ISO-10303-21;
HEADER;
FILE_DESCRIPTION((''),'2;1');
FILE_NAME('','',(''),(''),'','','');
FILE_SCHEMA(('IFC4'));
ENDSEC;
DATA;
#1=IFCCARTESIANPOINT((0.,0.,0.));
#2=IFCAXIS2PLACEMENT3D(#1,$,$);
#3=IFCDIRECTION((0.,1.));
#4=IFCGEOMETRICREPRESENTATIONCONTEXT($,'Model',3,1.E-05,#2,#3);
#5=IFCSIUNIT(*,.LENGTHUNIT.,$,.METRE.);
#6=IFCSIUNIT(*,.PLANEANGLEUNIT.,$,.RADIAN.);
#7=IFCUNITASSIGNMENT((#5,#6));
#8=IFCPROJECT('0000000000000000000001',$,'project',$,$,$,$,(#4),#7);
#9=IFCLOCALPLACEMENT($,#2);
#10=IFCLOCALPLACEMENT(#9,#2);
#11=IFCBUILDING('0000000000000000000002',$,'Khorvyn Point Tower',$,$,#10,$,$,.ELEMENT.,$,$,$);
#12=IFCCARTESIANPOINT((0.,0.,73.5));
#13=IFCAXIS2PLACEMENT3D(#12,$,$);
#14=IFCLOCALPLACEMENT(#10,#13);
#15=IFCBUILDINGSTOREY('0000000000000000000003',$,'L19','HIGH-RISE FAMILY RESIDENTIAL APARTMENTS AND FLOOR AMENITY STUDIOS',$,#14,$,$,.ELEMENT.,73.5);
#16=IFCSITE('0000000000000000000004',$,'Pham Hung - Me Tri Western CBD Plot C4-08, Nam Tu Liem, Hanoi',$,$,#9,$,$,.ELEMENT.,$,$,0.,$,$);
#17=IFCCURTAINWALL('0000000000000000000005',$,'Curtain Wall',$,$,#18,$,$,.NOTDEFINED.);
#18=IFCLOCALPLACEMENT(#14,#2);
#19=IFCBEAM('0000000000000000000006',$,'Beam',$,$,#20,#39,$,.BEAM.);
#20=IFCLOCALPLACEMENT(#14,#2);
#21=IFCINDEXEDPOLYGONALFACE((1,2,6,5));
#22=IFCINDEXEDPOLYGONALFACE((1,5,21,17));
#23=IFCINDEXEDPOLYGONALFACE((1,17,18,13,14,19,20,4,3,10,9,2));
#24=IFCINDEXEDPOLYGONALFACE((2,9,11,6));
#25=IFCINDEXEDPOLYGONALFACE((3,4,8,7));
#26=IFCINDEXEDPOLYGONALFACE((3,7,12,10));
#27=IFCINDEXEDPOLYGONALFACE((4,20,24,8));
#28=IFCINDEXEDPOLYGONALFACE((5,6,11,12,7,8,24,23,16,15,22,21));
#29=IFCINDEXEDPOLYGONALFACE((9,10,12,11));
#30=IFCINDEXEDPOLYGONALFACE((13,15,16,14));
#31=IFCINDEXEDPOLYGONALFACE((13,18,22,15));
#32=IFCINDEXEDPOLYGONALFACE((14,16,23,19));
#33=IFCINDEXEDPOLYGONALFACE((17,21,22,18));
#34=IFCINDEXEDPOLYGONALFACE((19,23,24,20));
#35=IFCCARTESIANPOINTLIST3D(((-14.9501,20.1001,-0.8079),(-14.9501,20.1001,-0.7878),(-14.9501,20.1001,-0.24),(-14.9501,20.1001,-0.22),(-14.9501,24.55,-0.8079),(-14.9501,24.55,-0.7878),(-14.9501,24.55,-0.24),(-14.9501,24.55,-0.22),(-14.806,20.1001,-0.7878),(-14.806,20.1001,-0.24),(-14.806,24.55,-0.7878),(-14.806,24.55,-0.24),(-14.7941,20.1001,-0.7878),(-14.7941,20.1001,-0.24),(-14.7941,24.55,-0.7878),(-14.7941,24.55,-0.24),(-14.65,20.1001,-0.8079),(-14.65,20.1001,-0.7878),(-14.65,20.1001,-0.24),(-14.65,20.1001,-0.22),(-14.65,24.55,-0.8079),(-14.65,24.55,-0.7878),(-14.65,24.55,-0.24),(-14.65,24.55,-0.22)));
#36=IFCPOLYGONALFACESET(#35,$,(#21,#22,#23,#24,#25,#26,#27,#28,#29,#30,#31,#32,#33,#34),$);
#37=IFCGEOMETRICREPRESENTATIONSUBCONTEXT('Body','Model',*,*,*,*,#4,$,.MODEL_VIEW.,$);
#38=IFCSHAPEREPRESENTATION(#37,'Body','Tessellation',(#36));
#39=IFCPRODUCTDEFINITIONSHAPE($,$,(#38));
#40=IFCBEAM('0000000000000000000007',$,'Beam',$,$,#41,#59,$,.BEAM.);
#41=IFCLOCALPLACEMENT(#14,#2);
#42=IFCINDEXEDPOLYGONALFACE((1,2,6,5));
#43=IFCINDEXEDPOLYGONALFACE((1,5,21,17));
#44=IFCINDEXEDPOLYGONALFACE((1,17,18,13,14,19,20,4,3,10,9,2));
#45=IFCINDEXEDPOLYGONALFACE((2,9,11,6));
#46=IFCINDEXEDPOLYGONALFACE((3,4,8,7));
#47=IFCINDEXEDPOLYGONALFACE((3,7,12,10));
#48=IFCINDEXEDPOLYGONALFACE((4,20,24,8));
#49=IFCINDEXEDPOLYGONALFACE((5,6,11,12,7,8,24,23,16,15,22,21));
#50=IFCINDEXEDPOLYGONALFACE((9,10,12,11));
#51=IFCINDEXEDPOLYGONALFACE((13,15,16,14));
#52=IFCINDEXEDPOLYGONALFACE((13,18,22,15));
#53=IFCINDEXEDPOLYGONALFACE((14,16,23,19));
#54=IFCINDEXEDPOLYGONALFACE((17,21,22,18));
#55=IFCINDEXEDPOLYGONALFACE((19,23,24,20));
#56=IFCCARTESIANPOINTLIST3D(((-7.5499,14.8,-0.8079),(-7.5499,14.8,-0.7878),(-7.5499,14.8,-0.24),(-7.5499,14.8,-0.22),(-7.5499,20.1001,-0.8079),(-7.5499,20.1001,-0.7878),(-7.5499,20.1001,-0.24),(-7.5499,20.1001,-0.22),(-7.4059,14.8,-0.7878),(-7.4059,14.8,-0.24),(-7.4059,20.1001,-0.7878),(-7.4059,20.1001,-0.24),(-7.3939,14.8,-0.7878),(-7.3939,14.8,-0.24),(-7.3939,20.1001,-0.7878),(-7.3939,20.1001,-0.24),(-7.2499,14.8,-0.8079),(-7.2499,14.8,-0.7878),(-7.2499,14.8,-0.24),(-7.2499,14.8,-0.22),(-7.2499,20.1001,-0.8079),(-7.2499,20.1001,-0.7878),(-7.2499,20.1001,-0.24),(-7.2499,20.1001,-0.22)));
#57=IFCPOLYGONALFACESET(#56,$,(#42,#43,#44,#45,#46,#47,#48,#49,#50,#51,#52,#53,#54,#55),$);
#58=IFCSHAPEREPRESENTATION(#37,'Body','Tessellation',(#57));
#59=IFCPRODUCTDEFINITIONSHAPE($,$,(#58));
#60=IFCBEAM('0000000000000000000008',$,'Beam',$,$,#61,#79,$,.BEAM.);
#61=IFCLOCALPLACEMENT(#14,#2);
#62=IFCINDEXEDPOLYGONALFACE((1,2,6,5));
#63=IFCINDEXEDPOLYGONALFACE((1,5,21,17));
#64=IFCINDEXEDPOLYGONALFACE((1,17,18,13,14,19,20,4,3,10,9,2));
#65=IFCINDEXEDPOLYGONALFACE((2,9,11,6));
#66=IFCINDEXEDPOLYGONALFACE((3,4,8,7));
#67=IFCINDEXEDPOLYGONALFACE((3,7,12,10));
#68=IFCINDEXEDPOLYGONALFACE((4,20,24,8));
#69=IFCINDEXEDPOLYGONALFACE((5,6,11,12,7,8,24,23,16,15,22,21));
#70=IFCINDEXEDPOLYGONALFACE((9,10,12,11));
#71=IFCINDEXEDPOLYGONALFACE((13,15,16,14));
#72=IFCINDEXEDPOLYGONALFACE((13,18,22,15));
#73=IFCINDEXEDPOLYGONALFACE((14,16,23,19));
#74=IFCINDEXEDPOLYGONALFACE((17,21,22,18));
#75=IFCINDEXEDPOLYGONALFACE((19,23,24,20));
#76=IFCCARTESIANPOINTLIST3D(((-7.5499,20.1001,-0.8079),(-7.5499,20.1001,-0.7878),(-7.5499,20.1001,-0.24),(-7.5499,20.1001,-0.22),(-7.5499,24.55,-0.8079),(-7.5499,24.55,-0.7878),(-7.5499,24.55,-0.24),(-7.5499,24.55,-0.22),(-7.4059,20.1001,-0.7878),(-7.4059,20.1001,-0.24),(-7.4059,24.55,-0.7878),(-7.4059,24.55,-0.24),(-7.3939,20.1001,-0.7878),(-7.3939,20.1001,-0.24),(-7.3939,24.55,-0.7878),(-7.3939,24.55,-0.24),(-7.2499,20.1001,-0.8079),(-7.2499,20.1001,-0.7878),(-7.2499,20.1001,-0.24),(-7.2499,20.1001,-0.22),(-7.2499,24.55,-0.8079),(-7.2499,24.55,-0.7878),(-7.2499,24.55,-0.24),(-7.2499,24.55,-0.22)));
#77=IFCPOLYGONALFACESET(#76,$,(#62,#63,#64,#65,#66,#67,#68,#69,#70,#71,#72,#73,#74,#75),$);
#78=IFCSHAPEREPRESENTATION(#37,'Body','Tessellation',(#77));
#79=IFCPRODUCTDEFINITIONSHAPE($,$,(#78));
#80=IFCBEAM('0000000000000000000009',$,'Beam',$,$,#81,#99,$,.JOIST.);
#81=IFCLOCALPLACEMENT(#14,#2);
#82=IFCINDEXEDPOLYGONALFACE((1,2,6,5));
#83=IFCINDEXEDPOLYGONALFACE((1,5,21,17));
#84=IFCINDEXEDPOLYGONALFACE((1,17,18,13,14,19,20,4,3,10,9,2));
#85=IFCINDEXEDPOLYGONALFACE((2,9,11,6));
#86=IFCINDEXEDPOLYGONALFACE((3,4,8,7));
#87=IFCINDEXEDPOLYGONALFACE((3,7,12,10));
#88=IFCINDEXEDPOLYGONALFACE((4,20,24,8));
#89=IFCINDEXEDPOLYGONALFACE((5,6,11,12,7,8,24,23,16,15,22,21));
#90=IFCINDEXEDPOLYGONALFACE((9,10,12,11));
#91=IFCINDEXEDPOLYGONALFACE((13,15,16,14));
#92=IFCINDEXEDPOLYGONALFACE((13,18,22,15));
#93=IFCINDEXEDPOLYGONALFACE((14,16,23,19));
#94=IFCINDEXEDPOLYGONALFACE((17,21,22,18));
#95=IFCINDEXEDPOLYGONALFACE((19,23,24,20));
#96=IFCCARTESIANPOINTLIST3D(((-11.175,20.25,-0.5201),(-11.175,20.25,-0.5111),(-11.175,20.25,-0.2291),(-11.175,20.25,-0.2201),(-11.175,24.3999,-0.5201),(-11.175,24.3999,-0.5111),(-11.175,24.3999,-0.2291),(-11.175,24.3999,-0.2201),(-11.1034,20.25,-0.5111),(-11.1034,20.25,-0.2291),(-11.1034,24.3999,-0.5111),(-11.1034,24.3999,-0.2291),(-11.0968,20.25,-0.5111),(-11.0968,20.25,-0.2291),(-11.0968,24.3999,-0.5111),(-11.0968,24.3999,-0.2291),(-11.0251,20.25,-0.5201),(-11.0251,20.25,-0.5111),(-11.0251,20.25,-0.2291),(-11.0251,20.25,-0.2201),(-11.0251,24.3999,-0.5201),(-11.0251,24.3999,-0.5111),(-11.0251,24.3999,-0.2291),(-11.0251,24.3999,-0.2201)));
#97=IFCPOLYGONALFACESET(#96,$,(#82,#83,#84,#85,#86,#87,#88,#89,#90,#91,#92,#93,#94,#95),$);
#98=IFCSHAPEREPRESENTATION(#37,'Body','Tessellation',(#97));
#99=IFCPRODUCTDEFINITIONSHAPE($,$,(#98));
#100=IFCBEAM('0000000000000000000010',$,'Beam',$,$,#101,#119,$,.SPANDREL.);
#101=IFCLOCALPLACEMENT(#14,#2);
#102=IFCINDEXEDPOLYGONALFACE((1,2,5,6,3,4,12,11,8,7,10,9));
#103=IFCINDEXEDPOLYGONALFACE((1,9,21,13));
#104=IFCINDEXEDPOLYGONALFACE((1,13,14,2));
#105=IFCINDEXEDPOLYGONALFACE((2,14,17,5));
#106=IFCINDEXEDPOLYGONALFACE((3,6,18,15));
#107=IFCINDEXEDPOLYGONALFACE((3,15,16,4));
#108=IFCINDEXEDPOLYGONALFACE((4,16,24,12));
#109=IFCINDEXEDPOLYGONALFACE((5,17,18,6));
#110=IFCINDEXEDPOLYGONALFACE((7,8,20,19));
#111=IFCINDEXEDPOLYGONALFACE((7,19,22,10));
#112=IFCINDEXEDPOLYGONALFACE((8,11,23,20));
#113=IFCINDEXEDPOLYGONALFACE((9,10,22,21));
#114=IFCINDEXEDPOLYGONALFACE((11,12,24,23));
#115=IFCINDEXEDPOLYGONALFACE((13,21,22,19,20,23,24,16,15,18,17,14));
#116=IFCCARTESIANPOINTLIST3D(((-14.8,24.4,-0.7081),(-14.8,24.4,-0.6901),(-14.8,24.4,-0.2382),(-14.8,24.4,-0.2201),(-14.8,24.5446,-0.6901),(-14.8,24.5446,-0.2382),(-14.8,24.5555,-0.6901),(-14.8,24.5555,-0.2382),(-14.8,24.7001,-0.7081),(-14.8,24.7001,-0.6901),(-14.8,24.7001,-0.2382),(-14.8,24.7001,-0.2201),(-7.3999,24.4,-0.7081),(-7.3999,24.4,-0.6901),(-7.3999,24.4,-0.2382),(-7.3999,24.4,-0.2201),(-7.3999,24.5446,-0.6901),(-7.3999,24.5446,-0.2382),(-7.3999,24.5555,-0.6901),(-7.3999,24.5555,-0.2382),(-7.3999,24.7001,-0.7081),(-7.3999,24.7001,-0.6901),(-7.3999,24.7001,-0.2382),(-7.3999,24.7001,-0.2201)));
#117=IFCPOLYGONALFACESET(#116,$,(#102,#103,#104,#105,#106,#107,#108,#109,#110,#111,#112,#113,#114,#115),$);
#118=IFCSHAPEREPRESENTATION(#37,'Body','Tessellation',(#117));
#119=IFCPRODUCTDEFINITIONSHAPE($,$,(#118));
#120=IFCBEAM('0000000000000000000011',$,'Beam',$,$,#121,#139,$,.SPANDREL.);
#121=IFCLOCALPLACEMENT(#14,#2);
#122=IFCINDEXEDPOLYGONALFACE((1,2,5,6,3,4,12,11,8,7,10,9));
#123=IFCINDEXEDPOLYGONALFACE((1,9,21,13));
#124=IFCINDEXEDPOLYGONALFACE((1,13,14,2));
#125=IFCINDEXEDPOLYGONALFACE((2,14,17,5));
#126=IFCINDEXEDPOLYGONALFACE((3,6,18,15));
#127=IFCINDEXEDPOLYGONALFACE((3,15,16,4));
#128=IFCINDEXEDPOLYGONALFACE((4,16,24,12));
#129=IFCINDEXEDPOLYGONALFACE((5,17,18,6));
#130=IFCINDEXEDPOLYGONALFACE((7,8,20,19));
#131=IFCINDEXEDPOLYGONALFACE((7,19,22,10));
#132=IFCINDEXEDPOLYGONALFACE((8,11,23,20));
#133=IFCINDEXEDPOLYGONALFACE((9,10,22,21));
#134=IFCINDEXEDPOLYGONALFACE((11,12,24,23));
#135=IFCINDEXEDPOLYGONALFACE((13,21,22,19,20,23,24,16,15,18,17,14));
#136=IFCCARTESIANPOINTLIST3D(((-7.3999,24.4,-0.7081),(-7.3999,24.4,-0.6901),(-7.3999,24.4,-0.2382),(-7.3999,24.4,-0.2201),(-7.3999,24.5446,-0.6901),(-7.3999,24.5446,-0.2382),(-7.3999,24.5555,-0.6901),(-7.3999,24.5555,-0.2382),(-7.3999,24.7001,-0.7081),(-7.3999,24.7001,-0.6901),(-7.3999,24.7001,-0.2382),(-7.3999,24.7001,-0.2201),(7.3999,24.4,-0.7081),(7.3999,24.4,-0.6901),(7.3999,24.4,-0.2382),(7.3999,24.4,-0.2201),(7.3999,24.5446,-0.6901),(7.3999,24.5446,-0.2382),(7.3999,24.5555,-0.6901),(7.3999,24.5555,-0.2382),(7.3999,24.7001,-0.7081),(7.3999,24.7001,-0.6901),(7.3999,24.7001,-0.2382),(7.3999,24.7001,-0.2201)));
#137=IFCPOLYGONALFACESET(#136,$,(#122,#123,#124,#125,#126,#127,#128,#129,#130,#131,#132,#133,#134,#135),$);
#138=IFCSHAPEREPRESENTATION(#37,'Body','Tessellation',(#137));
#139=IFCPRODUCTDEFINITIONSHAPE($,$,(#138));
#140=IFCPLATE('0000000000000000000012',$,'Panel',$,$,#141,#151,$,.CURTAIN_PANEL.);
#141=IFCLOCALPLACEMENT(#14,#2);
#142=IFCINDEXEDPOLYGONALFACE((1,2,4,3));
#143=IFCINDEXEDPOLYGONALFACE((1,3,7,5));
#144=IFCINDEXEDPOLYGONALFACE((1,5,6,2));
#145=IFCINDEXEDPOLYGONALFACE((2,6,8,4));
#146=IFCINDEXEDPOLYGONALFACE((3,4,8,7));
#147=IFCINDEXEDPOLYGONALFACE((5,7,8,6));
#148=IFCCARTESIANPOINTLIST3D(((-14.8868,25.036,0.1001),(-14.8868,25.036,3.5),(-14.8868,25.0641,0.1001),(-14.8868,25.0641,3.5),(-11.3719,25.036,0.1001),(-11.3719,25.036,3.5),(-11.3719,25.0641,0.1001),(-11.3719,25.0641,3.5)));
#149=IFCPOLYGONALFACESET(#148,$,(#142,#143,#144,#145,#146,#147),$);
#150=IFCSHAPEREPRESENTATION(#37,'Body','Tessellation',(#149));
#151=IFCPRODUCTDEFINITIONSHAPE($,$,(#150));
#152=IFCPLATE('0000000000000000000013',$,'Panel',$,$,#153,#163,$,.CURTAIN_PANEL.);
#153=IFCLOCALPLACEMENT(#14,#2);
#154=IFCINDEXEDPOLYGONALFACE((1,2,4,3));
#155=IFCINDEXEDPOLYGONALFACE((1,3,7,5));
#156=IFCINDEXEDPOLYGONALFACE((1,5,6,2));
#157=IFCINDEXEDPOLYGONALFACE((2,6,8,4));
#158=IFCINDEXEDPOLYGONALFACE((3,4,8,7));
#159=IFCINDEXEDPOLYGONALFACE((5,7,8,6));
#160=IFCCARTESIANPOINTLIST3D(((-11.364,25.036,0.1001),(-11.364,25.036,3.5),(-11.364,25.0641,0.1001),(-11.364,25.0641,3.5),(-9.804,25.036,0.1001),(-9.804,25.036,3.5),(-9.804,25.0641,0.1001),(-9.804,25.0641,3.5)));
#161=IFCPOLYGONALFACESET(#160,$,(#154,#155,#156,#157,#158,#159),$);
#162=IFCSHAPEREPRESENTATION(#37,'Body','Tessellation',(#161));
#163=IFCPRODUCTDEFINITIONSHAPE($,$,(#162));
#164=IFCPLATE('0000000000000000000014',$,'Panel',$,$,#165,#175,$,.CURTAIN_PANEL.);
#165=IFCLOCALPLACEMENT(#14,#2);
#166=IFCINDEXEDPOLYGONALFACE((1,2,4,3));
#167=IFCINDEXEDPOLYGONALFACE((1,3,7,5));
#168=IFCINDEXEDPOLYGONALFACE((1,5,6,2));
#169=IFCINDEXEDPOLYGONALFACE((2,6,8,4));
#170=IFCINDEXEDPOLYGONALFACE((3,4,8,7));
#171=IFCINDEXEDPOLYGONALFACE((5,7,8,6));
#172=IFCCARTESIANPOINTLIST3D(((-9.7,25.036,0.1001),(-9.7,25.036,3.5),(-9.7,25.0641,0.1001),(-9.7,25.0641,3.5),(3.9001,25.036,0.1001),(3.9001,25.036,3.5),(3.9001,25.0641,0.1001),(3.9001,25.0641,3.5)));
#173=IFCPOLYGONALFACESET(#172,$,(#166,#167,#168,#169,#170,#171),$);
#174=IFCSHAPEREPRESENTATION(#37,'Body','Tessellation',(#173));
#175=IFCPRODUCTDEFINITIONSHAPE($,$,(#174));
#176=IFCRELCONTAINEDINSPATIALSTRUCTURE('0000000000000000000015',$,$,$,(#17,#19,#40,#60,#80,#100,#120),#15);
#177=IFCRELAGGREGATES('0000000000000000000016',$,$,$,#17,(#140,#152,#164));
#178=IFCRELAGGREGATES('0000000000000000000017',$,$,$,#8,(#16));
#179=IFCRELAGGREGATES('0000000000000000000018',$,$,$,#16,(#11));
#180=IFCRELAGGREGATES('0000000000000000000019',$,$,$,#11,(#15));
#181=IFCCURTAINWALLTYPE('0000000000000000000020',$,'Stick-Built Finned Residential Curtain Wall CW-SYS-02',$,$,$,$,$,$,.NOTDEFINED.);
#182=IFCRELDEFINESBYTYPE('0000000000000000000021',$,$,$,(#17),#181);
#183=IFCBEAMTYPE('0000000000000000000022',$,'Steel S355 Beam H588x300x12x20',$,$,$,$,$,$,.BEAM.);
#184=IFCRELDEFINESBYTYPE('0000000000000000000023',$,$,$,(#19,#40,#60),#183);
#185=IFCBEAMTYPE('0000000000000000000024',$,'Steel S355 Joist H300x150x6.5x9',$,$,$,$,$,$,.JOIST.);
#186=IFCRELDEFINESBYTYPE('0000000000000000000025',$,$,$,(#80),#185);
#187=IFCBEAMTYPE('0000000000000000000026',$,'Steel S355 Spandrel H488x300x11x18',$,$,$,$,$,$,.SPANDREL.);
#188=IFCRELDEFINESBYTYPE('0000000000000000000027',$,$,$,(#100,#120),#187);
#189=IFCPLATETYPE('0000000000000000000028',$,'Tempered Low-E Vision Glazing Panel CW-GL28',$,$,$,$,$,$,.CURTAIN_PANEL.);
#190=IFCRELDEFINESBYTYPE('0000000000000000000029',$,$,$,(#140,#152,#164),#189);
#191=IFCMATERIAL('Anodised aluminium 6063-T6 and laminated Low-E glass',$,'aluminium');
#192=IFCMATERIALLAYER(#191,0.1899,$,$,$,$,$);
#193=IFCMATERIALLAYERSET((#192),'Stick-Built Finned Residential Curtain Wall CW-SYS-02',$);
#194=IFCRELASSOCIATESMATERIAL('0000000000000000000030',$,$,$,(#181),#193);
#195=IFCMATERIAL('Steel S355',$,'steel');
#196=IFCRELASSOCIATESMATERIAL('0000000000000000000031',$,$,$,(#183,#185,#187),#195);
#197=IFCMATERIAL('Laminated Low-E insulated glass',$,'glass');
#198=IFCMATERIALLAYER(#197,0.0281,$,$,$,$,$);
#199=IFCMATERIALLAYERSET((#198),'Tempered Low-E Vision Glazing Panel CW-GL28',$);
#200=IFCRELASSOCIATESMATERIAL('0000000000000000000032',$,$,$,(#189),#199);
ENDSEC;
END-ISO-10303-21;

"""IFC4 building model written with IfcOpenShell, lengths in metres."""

from ifc_helpers import new_model, si_unit, direction, frame, origin, origin_2d, place, context, subcontext, project, spatial, rectangle, i_section, extrude, material, layer, layer_set, material_profile, profile_set, type_object, element, aggregate, save


model = new_model("IFC4")

# Units and contexts
model_context = context("Model", 3, precision=1e-05, world=origin(), true_north=direction((0.0, 1.0)))
body_context = subcontext(model_context, "Body", "Model", "MODEL_VIEW")
ifc_project = project(units=[si_unit("LENGTHUNIT", "METRE"), si_unit("PLANEANGLEUNIT", "RADIAN")], contexts=[model_context])

# Site, building, storey
site_placement = place(None, origin())
site = spatial("IfcSite", under=ifc_project, at=site_placement, Name="Pham Hung - Me Tri Western CBD Plot C4-08, Nam Tu Liem, Hanoi", CompositionType="ELEMENT", RefElevation=0.0)
building_placement = place(site_placement, origin())
building = spatial("IfcBuilding", under=site, at=building_placement, Name="Khorvyn Point Tower", CompositionType="ELEMENT")
storey_placement = place(building_placement, frame((0.0, 0.0, 73.5)))
storey = spatial("IfcBuildingStorey", under=building, at=storey_placement, Name="L19", Description="HIGH-RISE FAMILY RESIDENTIAL APARTMENTS AND FLOOR AMENITY STUDIOS", CompositionType="ELEMENT", Elevation=73.5)

# Curtain wall
ifc_material_1 = material(Name="Anodised aluminium 6063-T6 and laminated Low-E glass", Category="aluminium")
ifc_layer_1 = layer(ifc_material_1, 0.1899)
ifc_layer_set_1 = layer_set([ifc_layer_1], Name="Stick-Built Finned Residential Curtain Wall CW-SYS-02")
curtain_wall_type = type_object("IfcCurtainWallType", Name="Stick-Built Finned Residential Curtain Wall CW-SYS-02", PredefinedType="NOTDEFINED", material=ifc_layer_set_1)
curtain_wall_placement = place(storey_placement, origin())
curtain_wall = element("IfcCurtainWall", 1, at=curtain_wall_placement, inside=storey, type_object=curtain_wall_type, Name="Curtain Wall", PredefinedType="NOTDEFINED")

# Beams
ifc_material_2 = material(Name="Steel S355", Category="steel")
ifc_material_profile_1 = material_profile(ifc_material_2, i_section(OverallWidth=0.3, OverallDepth=0.5879, WebThickness=0.012, FlangeThickness=0.02, at=origin_2d()))
ifc_profile_set_1 = profile_set([ifc_material_profile_1], Name="Steel S355 H588x300x12x20")
beam_type_1 = type_object("IfcBeamType", Name="Steel S355 Beam H588x300x12x20", PredefinedType="BEAM", material=ifc_profile_set_1)
beam_1_placement = place(storey_placement, frame((-14.8, 20.1001, -0.5139), z_axis=(0.0, 1.0, 0.0), x_axis=(-1.0, 0.0, 0.0)))
element("IfcBeam", 2, at=beam_1_placement, inside=storey, type_object=beam_type_1, Name="Beam", PredefinedType="BEAM", context=body_context, shape_type="SweptSolid", body=[
    extrude(i_section(OverallWidth=0.3, OverallDepth=0.5879, WebThickness=0.012, FlangeThickness=0.02, at=origin_2d()), origin(), (0.0, 0.0, 1.0), 4.45),
])
beam_2_placement = place(storey_placement, frame((-7.3999, 14.8, -0.5139), z_axis=(0.0, 1.0, 0.0), x_axis=(-1.0, 0.0, 0.0)))
element("IfcBeam", 3, at=beam_2_placement, inside=storey, type_object=beam_type_1, Name="Beam", PredefinedType="BEAM", context=body_context, shape_type="SweptSolid", body=[
    extrude(i_section(OverallWidth=0.3, OverallDepth=0.5879, WebThickness=0.012, FlangeThickness=0.02, at=origin_2d()), origin(), (0.0, 0.0, 1.0), 5.3),
])
beam_3_placement = place(storey_placement, frame((-7.3999, 20.1001, -0.5139), z_axis=(0.0, 1.0, 0.0), x_axis=(-1.0, 0.0, 0.0)))
element("IfcBeam", 4, at=beam_3_placement, inside=storey, type_object=beam_type_1, Name="Beam", PredefinedType="BEAM", context=body_context, shape_type="SweptSolid", body=[
    extrude(i_section(OverallWidth=0.3, OverallDepth=0.5879, WebThickness=0.012, FlangeThickness=0.02, at=origin_2d()), origin(), (0.0, 0.0, 1.0), 4.45),
])
ifc_material_profile_2 = material_profile(ifc_material_2, i_section(OverallWidth=0.1499, OverallDepth=0.3, WebThickness=0.0066, FlangeThickness=0.009, at=origin_2d()))
ifc_profile_set_2 = profile_set([ifc_material_profile_2], Name="Steel S355 H300x150x6.5x9")
beam_type_2 = type_object("IfcBeamType", Name="Steel S355 Joist H300x150x6.5x9", PredefinedType="JOIST", material=ifc_profile_set_2)
beam_4_placement = place(storey_placement, frame((-11.1001, 20.25, -0.3701), z_axis=(0.0, 1.0, 0.0), x_axis=(-1.0, 0.0, 0.0)))
element("IfcBeam", 5, at=beam_4_placement, inside=storey, type_object=beam_type_2, Name="Beam", PredefinedType="JOIST", context=body_context, shape_type="SweptSolid", body=[
    extrude(i_section(OverallWidth=0.1499, OverallDepth=0.3, WebThickness=0.0066, FlangeThickness=0.009, at=origin_2d()), origin(), (0.0, 0.0, 1.0), 4.1499),
])
ifc_material_profile_3 = material_profile(ifc_material_2, i_section(OverallWidth=0.3, OverallDepth=0.488, WebThickness=0.011, FlangeThickness=0.0181, at=origin_2d()))
ifc_profile_set_3 = profile_set([ifc_material_profile_3], Name="Steel S355 H488x300x11x18")
beam_type_3 = type_object("IfcBeamType", Name="Steel S355 Spandrel H488x300x11x18", PredefinedType="SPANDREL", material=ifc_profile_set_3)
beam_5_placement = place(storey_placement, frame((-14.8, 24.55, -0.4641), z_axis=(1.0, 0.0, 0.0), x_axis=(0.0, 1.0, 0.0)))
element("IfcBeam", 6, at=beam_5_placement, inside=storey, type_object=beam_type_3, Name="Beam", PredefinedType="SPANDREL", context=body_context, shape_type="SweptSolid", body=[
    extrude(i_section(OverallWidth=0.3, OverallDepth=0.488, WebThickness=0.011, FlangeThickness=0.0181, at=origin_2d()), origin(), (0.0, 0.0, 1.0), 7.4001),
])
beam_6_placement = place(storey_placement, frame((-7.3999, 24.55, -0.4641), z_axis=(1.0, 0.0, 0.0), x_axis=(0.0, 1.0, 0.0)))
element("IfcBeam", 7, at=beam_6_placement, inside=storey, type_object=beam_type_3, Name="Beam", PredefinedType="SPANDREL", context=body_context, shape_type="SweptSolid", body=[
    extrude(i_section(OverallWidth=0.3, OverallDepth=0.488, WebThickness=0.011, FlangeThickness=0.0181, at=origin_2d()), origin(), (0.0, 0.0, 1.0), 14.7998),
])

# Plates
ifc_material_3 = material(Name="Laminated Low-E insulated glass", Category="glass")
ifc_layer_2 = layer(ifc_material_3, 0.0281)
ifc_layer_set_2 = layer_set([ifc_layer_2], Name="Tempered Low-E Vision Glazing Panel CW-GL28")
plate_type = type_object("IfcPlateType", Name="Tempered Low-E Vision Glazing Panel CW-GL28", PredefinedType="CURTAIN_PANEL", material=ifc_layer_set_2)
plate_1_placement = place(storey_placement, frame((-13.1294, 25.05, 0.1001), z_axis=(0.0, 0.0, 1.0), x_axis=(1.0, 0.0, 0.0)))
plate_1 = element("IfcPlate", 8, at=plate_1_placement, type_object=plate_type, Name="Panel", PredefinedType="CURTAIN_PANEL", context=body_context, shape_type="SweptSolid", body=[
    extrude(rectangle(XDim=3.5149, YDim=0.0281, at=origin_2d()), origin(), (0.0, 0.0, 1.0), 3.3999),
])
plate_2_placement = place(storey_placement, frame((-10.584, 25.05, 0.1001), z_axis=(0.0, 0.0, 1.0), x_axis=(1.0, 0.0, 0.0)))
plate_2 = element("IfcPlate", 9, at=plate_2_placement, type_object=plate_type, Name="Panel", PredefinedType="CURTAIN_PANEL", context=body_context, shape_type="SweptSolid", body=[
    extrude(rectangle(XDim=1.5601, YDim=0.0281, at=origin_2d()), origin(), (0.0, 0.0, 1.0), 3.3999),
])
plate_3_placement = place(storey_placement, frame((-2.8999, 25.05, 0.1001), z_axis=(0.0, 0.0, 1.0), x_axis=(1.0, 0.0, 0.0)))
plate_3 = element("IfcPlate", 10, at=plate_3_placement, type_object=plate_type, Name="Panel", PredefinedType="CURTAIN_PANEL", context=body_context, shape_type="SweptSolid", body=[
    extrude(rectangle(XDim=13.6001, YDim=0.0281, at=origin_2d()), origin(), (0.0, 0.0, 1.0), 3.3999),
])
aggregate(curtain_wall, [plate_1, plate_2, plate_3])

save(model, "model.ifc")
